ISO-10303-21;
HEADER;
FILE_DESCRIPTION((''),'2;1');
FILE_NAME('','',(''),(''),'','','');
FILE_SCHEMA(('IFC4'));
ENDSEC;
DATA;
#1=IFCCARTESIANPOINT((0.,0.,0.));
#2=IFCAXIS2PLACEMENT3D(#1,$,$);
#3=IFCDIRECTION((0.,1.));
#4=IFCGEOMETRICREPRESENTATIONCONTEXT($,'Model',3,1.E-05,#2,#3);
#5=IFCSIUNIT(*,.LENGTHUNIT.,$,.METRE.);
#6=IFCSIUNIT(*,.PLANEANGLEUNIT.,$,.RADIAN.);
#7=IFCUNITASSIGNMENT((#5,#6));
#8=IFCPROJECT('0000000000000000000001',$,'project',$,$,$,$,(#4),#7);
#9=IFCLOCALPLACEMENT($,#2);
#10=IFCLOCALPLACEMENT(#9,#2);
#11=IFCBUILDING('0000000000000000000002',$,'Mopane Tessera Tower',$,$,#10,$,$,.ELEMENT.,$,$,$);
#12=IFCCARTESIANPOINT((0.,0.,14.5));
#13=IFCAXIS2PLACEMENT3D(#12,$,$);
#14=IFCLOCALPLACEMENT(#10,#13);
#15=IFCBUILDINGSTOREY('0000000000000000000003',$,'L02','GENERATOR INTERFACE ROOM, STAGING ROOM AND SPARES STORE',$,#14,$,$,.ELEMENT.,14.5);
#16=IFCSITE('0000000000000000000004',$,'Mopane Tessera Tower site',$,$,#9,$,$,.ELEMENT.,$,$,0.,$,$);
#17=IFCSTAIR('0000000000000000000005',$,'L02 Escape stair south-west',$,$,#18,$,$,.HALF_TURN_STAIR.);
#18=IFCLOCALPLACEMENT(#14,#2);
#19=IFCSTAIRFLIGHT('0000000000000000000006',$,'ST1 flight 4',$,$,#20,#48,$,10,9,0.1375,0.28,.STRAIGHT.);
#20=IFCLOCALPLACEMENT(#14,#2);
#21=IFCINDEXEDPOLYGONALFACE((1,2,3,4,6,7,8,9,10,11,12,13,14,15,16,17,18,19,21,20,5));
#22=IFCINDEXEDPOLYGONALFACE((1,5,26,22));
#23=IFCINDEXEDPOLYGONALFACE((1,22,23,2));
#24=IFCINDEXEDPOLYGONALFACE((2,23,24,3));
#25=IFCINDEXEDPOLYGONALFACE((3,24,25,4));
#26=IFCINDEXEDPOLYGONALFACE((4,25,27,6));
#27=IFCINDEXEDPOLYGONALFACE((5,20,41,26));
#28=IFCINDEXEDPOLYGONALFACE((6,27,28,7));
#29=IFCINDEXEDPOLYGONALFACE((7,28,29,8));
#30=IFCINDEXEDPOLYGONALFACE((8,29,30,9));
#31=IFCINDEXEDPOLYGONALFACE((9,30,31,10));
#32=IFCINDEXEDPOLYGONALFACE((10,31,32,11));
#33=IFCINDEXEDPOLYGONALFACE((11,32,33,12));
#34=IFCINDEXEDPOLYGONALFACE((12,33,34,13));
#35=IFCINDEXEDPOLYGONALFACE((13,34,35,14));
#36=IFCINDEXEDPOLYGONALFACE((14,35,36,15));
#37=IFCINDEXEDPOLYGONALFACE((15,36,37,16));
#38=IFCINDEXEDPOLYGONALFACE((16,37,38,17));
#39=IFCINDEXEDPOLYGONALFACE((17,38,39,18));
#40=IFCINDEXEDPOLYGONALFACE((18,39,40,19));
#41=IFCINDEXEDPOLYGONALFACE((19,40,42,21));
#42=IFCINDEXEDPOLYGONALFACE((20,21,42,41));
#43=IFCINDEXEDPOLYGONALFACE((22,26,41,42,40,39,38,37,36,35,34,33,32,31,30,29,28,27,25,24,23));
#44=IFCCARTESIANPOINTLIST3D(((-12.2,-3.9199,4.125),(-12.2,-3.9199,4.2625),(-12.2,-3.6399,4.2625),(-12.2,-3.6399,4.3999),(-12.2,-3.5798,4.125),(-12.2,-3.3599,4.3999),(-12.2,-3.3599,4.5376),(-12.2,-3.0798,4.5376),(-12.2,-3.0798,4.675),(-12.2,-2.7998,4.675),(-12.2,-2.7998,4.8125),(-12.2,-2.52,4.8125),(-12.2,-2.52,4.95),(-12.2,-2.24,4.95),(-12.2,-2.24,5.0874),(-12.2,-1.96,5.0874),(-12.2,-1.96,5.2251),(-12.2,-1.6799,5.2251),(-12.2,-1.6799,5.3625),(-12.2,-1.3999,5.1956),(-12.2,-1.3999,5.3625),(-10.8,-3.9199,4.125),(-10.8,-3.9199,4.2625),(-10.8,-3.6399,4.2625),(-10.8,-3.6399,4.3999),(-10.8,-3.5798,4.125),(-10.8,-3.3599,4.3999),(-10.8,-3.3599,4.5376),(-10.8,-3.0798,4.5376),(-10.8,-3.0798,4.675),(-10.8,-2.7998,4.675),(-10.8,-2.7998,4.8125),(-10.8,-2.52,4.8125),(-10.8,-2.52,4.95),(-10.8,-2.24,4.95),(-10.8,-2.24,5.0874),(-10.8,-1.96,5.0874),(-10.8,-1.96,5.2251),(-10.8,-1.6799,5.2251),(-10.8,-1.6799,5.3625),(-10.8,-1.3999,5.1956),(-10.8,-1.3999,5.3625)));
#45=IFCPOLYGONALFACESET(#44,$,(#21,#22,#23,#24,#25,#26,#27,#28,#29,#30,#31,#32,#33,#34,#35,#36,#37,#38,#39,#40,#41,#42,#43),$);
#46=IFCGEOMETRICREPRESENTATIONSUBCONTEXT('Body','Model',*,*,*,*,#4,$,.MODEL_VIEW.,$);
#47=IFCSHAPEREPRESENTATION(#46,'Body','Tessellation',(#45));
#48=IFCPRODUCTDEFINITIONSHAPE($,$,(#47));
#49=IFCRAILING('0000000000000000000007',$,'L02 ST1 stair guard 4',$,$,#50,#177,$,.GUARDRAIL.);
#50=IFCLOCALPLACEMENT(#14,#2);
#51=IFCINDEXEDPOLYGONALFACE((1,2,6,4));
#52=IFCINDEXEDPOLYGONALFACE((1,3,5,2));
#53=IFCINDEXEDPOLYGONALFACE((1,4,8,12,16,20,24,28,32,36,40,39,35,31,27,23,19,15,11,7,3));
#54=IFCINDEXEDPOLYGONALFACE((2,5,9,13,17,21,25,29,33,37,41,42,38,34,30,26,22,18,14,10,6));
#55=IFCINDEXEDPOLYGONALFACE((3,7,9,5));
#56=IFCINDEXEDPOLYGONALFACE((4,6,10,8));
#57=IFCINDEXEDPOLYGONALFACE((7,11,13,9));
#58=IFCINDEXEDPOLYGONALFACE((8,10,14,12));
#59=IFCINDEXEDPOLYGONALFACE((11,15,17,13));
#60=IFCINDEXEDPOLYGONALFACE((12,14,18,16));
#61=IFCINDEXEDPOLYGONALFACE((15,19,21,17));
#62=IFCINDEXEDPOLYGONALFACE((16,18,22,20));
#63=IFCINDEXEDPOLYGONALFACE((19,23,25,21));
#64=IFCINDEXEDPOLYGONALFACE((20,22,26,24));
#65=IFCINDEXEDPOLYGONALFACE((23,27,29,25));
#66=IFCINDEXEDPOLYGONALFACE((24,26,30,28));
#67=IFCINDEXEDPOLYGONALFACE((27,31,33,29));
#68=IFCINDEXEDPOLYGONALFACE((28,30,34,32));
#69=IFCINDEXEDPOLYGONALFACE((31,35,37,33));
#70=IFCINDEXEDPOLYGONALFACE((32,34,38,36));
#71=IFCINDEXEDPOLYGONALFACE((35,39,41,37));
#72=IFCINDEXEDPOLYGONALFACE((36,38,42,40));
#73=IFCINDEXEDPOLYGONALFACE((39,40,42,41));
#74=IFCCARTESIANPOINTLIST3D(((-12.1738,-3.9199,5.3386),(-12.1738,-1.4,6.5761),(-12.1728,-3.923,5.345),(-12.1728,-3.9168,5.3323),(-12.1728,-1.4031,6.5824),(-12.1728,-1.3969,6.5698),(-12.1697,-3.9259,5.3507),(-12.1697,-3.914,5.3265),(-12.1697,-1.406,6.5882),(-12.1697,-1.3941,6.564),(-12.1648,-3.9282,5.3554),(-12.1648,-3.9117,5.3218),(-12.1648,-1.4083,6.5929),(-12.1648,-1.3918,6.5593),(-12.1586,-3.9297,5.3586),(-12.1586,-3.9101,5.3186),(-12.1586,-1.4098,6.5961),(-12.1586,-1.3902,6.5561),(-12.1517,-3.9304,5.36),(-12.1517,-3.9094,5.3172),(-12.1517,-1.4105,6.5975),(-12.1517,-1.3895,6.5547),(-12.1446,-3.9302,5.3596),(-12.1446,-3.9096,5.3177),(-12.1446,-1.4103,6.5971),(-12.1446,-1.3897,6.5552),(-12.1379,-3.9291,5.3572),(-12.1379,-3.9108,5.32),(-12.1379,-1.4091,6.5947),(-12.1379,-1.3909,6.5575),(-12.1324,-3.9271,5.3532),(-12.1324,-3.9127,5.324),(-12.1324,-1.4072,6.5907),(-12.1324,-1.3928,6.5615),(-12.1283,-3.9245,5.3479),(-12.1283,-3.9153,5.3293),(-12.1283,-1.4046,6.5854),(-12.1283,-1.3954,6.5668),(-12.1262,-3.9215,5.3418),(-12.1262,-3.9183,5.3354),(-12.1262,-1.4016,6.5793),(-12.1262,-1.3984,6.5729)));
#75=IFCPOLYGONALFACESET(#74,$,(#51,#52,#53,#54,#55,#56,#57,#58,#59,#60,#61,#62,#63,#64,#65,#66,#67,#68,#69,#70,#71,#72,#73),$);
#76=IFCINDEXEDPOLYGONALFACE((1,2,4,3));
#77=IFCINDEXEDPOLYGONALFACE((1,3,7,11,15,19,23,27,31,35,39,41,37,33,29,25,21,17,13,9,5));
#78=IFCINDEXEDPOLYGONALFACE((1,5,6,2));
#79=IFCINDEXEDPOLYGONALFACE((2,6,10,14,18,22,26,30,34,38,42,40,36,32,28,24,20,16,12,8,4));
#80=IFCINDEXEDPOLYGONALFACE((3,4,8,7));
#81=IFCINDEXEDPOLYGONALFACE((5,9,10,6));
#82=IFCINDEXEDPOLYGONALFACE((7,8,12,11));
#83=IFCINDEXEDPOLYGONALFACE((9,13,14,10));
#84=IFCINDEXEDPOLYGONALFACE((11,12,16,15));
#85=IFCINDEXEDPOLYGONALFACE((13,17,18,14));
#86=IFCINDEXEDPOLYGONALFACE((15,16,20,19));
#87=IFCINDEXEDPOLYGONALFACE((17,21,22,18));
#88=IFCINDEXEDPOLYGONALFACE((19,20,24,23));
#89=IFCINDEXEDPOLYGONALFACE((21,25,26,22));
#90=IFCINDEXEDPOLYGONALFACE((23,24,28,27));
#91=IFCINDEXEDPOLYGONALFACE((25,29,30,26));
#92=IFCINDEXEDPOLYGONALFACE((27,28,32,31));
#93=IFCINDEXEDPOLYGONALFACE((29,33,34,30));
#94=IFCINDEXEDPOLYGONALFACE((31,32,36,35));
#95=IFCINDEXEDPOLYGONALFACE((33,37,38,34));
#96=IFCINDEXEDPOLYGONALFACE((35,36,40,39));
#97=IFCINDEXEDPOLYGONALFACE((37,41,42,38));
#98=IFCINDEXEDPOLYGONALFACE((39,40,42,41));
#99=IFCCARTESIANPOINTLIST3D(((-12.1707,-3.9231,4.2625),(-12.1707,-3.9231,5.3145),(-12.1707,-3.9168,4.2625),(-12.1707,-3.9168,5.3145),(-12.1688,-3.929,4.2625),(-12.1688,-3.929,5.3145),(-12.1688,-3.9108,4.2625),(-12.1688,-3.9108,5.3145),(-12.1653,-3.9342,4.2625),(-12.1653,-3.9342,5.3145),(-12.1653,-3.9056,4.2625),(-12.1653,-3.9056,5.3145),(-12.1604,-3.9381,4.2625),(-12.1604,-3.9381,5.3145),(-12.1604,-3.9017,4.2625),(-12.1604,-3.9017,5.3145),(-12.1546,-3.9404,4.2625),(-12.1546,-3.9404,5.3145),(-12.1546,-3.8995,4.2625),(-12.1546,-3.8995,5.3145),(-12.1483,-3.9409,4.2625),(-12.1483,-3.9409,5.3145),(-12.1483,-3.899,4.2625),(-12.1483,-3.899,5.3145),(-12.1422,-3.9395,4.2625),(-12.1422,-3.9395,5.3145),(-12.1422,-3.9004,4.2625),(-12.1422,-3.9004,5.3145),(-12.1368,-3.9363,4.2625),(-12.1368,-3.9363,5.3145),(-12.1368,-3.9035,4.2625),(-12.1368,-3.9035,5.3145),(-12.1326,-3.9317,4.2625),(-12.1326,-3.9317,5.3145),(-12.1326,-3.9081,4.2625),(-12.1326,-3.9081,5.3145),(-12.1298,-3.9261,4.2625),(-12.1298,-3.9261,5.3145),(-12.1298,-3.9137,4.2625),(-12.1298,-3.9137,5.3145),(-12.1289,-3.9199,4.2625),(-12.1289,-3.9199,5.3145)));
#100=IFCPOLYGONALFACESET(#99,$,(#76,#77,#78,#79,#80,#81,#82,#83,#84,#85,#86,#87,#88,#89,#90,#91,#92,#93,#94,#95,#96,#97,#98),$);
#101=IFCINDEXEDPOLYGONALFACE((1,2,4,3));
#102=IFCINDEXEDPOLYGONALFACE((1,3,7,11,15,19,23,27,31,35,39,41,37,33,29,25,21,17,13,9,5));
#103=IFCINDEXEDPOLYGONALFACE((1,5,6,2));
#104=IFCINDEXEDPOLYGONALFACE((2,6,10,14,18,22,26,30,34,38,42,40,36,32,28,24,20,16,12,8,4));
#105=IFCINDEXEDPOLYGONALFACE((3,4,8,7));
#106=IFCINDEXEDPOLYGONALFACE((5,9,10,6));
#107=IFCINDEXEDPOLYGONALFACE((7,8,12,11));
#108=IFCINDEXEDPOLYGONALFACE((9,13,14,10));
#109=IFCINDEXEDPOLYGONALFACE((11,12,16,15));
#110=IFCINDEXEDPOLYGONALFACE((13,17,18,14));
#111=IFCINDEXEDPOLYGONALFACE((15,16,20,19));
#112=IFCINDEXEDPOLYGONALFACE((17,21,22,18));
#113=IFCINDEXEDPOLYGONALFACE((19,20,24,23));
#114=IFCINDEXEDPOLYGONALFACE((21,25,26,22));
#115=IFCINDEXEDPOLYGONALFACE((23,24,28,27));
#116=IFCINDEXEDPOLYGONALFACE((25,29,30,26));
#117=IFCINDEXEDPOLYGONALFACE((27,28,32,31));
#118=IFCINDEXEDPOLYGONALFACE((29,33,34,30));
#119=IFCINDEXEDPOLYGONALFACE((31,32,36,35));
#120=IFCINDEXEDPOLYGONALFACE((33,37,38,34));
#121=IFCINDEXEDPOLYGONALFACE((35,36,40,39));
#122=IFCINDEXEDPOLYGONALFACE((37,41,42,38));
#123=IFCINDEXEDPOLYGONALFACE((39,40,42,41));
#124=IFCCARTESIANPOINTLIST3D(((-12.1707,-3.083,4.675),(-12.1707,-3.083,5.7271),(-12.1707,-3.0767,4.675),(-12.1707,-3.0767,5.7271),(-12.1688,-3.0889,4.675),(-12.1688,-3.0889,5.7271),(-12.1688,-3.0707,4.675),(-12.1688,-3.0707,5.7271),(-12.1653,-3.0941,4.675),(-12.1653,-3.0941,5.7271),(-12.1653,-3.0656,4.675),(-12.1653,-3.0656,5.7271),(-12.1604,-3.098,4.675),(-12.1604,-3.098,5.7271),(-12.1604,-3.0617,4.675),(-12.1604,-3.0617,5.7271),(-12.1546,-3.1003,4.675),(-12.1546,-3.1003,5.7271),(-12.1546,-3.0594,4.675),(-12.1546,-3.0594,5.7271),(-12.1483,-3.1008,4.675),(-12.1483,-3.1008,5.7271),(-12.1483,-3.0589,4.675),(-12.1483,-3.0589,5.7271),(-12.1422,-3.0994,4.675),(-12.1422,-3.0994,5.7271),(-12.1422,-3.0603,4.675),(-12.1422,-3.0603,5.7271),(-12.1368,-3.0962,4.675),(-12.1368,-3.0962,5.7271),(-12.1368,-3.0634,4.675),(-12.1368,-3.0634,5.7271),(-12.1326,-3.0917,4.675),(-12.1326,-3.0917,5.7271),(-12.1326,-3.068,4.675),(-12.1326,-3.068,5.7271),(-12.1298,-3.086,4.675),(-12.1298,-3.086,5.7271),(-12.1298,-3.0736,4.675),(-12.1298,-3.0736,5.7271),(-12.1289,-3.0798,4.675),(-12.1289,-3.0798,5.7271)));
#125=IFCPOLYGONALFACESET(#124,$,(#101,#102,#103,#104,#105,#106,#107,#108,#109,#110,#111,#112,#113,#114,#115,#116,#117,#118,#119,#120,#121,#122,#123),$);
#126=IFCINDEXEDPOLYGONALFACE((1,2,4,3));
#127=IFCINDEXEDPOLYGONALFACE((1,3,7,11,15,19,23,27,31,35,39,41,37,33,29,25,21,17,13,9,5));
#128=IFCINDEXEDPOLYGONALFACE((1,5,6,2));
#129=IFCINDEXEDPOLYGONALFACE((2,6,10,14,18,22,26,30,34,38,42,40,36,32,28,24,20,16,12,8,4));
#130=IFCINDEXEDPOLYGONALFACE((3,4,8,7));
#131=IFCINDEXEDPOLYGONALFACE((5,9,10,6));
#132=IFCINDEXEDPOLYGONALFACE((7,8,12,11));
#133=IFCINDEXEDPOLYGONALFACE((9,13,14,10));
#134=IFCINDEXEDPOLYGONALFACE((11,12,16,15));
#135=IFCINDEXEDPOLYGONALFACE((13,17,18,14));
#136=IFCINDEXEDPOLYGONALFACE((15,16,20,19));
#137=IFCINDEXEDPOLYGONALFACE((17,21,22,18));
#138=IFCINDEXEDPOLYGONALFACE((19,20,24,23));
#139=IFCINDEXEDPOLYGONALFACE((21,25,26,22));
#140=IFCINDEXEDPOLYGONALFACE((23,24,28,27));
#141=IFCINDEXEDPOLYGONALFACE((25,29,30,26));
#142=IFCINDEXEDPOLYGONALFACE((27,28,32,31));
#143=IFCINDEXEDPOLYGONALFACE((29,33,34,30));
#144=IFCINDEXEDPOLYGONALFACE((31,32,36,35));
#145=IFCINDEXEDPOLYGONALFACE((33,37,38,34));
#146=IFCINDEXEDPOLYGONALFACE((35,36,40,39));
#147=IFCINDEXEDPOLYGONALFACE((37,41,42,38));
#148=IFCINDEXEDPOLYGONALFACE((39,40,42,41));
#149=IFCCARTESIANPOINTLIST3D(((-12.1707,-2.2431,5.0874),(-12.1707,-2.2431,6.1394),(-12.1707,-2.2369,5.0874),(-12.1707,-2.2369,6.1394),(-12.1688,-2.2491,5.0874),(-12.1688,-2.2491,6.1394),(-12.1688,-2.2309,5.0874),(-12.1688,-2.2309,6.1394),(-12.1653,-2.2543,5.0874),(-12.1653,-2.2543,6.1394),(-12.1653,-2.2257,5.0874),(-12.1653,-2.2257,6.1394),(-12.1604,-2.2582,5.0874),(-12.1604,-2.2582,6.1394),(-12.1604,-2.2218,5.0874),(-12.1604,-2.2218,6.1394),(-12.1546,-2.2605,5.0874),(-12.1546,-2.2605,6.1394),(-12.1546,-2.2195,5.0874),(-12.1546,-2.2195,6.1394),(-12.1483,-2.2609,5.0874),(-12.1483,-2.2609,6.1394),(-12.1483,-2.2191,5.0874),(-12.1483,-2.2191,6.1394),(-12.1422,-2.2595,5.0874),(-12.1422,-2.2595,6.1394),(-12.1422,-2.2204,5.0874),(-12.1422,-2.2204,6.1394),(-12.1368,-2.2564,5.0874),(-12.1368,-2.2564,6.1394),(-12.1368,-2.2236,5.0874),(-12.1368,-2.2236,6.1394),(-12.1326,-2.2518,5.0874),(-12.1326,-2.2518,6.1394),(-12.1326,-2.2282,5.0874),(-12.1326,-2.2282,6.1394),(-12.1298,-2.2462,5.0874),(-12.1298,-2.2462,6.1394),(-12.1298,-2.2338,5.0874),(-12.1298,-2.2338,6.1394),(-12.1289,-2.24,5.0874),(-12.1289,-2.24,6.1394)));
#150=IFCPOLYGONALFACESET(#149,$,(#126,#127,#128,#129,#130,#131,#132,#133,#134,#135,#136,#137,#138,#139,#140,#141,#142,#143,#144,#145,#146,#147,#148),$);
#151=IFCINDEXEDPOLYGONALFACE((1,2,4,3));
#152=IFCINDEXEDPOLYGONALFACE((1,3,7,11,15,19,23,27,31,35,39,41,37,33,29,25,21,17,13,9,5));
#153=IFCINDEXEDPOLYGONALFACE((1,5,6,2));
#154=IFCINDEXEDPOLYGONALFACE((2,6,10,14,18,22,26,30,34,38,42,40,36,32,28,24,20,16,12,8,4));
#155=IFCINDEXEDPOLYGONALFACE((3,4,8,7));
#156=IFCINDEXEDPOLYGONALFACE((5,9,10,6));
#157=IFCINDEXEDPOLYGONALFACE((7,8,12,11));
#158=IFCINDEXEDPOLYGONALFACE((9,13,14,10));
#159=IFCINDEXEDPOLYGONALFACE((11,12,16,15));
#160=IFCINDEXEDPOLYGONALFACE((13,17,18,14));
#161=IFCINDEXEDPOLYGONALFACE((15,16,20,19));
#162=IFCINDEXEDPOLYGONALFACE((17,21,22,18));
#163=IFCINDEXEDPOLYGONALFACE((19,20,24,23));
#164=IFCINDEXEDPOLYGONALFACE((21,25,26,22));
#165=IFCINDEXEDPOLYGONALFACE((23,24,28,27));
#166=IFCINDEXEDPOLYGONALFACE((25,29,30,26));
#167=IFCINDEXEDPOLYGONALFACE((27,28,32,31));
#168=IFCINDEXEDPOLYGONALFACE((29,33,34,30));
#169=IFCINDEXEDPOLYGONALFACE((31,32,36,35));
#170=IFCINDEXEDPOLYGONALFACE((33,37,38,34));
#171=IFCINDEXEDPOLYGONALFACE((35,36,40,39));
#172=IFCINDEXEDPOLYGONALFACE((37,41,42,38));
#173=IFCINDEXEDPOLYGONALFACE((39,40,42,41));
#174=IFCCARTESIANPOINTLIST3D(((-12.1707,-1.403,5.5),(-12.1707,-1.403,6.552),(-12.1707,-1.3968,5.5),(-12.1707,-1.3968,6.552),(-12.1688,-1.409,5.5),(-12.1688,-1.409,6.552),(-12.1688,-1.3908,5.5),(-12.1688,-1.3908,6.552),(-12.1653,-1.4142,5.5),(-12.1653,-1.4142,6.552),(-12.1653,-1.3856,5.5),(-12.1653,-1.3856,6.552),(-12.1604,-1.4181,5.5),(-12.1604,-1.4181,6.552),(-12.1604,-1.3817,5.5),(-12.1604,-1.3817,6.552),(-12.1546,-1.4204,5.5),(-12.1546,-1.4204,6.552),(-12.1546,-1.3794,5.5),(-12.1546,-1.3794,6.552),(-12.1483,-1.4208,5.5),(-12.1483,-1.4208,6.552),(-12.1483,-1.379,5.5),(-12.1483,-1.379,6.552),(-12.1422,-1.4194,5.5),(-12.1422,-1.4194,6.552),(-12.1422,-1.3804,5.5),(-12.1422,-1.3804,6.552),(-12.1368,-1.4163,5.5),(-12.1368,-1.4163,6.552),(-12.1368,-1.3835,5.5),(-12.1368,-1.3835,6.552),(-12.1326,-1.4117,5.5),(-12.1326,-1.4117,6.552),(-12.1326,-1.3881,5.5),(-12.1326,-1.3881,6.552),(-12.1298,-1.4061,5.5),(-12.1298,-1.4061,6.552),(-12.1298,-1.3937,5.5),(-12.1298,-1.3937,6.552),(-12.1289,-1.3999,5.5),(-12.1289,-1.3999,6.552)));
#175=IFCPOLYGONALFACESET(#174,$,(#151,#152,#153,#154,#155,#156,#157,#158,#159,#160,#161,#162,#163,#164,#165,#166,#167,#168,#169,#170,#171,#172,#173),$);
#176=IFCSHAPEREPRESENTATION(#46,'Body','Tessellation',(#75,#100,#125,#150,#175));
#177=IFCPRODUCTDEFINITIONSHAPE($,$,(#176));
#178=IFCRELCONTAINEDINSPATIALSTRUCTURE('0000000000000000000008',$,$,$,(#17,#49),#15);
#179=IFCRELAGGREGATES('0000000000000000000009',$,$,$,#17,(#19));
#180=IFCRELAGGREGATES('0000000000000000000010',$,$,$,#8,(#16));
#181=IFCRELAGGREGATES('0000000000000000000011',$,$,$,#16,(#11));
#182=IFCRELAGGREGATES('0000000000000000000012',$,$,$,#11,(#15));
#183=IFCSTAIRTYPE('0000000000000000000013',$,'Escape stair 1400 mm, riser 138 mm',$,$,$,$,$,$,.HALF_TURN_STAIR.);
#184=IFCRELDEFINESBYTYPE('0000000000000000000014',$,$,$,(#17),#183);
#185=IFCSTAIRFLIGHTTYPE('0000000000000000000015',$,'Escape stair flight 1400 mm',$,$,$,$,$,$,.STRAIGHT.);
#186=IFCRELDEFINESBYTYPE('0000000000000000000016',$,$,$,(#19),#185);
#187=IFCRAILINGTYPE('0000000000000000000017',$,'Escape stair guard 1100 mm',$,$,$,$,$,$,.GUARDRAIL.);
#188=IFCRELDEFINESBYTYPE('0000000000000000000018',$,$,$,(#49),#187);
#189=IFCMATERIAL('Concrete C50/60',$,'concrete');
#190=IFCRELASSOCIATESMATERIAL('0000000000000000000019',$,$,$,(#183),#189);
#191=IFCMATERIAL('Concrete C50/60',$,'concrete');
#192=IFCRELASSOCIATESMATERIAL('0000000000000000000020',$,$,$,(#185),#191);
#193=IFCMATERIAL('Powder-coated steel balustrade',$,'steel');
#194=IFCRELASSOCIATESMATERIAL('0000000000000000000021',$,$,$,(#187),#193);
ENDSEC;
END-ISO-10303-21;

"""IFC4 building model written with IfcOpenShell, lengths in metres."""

from ifc_helpers import new_model, si_unit, direction, frame, origin, origin_2d, place, context, subcontext, project, spatial, polyline, circle, outline, extrude, material, type_object, element, aggregate, save


model = new_model("IFC4")

# Units and contexts
model_context = context("Model", 3, precision=1e-05, world=origin(), true_north=direction((0.0, 1.0)))
body_context = subcontext(model_context, "Body", "Model", "MODEL_VIEW")
ifc_project = project(units=[si_unit("LENGTHUNIT", "METRE"), si_unit("PLANEANGLEUNIT", "RADIAN")], contexts=[model_context])

# Site, building, storey
site_placement = place(None, origin())
site = spatial("IfcSite", under=ifc_project, at=site_placement, Name="Mopane Tessera Tower site", CompositionType="ELEMENT", RefElevation=0.0)
building_placement = place(site_placement, origin())
building = spatial("IfcBuilding", under=site, at=building_placement, Name="Mopane Tessera Tower", CompositionType="ELEMENT")
storey_placement = place(building_placement, frame((0.0, 0.0, 14.5)))
storey = spatial("IfcBuildingStorey", under=building, at=storey_placement, Name="L02", Description="GENERATOR INTERFACE ROOM, STAGING ROOM AND SPARES STORE", CompositionType="ELEMENT", Elevation=14.5)

# Stair, stair flight
ifc_material_1 = material(Name="Concrete C50/60", Category="concrete")
stair_type = type_object("IfcStairType", Name="Escape stair 1400 mm, riser 138 mm", PredefinedType="HALF_TURN_STAIR", material=ifc_material_1)
stair_placement = place(storey_placement, origin())
stair = element("IfcStair", 1, at=stair_placement, inside=storey, type_object=stair_type, Name="L02 Escape stair south-west", PredefinedType="HALF_TURN_STAIR")
ifc_material_2 = material(Name="Concrete C50/60", Category="concrete")
stair_flight_type = type_object("IfcStairFlightType", Name="Escape stair flight 1400 mm", PredefinedType="STRAIGHT", material=ifc_material_2)
stair_flight_1_placement = place(storey_placement, frame((-11.5, -3.9199, 4.125), z_axis=(0.0, 0.0, 1.0), x_axis=(0.0, 1.0, 0.0)))
stair_flight_1 = element("IfcStairFlight", 2, at=stair_flight_1_placement, type_object=stair_flight_type, Name="ST1 flight 4", NumberOfRisers=10, NumberOfTreads=9, PredefinedType="STRAIGHT", RiserHeight=0.1375, TreadLength=0.28, context=body_context, shape_type="SweptSolid", body=[
    extrude(outline(polyline([(0.0, 0.0), (0.0, 0.1375), (0.28, 0.1375), (0.28, 0.2749), (0.5601, 0.2749), (0.5601, 0.4126), (0.8401, 0.4126), (0.8401, 0.55), (1.1201, 0.55), (1.1201, 0.6875), (1.3999, 0.6875), (1.3999, 0.825), (1.6799, 0.825), (1.6799, 0.9624), (1.96, 0.9624), (1.96, 1.1001), (2.24, 1.1001), (2.24, 1.2375), (2.52, 1.2375), (2.52, 1.375), (2.52, 1.0706), (0.3401, 0.0), (0.0, 0.0)])), frame((0.0, 0.7, 0.0), z_axis=(0.0, -1.0, 0.0), x_axis=(1.0, 0.0, 0.0)), (0.0, 0.0, 1.0), 1.3999),
])
aggregate(stair, [stair_flight_1])

# Railing
ifc_material_3 = material(Name="Powder-coated steel balustrade", Category="steel")
railing_type_1 = type_object("IfcRailingType", Name="Escape stair guard 1100 mm", PredefinedType="GUARDRAIL", material=ifc_material_3)
railing_1_placement = place(storey_placement, frame((-12.1499, -3.9199, 4.2625)))
element("IfcRailing", 3, at=railing_1_placement, inside=storey, type_object=railing_type_1, Name="L02 ST1 stair guard 4", PredefinedType="GUARDRAIL", context=body_context, shape_type="SweptSolid", body=[
    extrude(circle(Radius=0.0239, at=origin_2d()), frame((0.0, 0.0, 1.0762), z_axis=(0.0, 0.897604, 0.440802), x_axis=(-1.0, 0.0, 0.0)), (0.0, 0.0, 1.0), 2.8074),
    extrude(circle(Radius=0.021, at=origin_2d()), origin(), (0.0, 0.0, 1.0), 1.052),
    extrude(circle(Radius=0.021, at=origin_2d()), frame((0.0, 0.8401, 0.4126)), (0.0, 0.0, 1.0), 1.052),
    extrude(circle(Radius=0.021, at=origin_2d()), frame((0.0, 1.6799, 0.825)), (0.0, 0.0, 1.0), 1.052),
    extrude(circle(Radius=0.021, at=origin_2d()), frame((0.0, 2.52, 1.2375)), (0.0, 0.0, 1.0), 1.052),
])

save(model, "model.ifc")
